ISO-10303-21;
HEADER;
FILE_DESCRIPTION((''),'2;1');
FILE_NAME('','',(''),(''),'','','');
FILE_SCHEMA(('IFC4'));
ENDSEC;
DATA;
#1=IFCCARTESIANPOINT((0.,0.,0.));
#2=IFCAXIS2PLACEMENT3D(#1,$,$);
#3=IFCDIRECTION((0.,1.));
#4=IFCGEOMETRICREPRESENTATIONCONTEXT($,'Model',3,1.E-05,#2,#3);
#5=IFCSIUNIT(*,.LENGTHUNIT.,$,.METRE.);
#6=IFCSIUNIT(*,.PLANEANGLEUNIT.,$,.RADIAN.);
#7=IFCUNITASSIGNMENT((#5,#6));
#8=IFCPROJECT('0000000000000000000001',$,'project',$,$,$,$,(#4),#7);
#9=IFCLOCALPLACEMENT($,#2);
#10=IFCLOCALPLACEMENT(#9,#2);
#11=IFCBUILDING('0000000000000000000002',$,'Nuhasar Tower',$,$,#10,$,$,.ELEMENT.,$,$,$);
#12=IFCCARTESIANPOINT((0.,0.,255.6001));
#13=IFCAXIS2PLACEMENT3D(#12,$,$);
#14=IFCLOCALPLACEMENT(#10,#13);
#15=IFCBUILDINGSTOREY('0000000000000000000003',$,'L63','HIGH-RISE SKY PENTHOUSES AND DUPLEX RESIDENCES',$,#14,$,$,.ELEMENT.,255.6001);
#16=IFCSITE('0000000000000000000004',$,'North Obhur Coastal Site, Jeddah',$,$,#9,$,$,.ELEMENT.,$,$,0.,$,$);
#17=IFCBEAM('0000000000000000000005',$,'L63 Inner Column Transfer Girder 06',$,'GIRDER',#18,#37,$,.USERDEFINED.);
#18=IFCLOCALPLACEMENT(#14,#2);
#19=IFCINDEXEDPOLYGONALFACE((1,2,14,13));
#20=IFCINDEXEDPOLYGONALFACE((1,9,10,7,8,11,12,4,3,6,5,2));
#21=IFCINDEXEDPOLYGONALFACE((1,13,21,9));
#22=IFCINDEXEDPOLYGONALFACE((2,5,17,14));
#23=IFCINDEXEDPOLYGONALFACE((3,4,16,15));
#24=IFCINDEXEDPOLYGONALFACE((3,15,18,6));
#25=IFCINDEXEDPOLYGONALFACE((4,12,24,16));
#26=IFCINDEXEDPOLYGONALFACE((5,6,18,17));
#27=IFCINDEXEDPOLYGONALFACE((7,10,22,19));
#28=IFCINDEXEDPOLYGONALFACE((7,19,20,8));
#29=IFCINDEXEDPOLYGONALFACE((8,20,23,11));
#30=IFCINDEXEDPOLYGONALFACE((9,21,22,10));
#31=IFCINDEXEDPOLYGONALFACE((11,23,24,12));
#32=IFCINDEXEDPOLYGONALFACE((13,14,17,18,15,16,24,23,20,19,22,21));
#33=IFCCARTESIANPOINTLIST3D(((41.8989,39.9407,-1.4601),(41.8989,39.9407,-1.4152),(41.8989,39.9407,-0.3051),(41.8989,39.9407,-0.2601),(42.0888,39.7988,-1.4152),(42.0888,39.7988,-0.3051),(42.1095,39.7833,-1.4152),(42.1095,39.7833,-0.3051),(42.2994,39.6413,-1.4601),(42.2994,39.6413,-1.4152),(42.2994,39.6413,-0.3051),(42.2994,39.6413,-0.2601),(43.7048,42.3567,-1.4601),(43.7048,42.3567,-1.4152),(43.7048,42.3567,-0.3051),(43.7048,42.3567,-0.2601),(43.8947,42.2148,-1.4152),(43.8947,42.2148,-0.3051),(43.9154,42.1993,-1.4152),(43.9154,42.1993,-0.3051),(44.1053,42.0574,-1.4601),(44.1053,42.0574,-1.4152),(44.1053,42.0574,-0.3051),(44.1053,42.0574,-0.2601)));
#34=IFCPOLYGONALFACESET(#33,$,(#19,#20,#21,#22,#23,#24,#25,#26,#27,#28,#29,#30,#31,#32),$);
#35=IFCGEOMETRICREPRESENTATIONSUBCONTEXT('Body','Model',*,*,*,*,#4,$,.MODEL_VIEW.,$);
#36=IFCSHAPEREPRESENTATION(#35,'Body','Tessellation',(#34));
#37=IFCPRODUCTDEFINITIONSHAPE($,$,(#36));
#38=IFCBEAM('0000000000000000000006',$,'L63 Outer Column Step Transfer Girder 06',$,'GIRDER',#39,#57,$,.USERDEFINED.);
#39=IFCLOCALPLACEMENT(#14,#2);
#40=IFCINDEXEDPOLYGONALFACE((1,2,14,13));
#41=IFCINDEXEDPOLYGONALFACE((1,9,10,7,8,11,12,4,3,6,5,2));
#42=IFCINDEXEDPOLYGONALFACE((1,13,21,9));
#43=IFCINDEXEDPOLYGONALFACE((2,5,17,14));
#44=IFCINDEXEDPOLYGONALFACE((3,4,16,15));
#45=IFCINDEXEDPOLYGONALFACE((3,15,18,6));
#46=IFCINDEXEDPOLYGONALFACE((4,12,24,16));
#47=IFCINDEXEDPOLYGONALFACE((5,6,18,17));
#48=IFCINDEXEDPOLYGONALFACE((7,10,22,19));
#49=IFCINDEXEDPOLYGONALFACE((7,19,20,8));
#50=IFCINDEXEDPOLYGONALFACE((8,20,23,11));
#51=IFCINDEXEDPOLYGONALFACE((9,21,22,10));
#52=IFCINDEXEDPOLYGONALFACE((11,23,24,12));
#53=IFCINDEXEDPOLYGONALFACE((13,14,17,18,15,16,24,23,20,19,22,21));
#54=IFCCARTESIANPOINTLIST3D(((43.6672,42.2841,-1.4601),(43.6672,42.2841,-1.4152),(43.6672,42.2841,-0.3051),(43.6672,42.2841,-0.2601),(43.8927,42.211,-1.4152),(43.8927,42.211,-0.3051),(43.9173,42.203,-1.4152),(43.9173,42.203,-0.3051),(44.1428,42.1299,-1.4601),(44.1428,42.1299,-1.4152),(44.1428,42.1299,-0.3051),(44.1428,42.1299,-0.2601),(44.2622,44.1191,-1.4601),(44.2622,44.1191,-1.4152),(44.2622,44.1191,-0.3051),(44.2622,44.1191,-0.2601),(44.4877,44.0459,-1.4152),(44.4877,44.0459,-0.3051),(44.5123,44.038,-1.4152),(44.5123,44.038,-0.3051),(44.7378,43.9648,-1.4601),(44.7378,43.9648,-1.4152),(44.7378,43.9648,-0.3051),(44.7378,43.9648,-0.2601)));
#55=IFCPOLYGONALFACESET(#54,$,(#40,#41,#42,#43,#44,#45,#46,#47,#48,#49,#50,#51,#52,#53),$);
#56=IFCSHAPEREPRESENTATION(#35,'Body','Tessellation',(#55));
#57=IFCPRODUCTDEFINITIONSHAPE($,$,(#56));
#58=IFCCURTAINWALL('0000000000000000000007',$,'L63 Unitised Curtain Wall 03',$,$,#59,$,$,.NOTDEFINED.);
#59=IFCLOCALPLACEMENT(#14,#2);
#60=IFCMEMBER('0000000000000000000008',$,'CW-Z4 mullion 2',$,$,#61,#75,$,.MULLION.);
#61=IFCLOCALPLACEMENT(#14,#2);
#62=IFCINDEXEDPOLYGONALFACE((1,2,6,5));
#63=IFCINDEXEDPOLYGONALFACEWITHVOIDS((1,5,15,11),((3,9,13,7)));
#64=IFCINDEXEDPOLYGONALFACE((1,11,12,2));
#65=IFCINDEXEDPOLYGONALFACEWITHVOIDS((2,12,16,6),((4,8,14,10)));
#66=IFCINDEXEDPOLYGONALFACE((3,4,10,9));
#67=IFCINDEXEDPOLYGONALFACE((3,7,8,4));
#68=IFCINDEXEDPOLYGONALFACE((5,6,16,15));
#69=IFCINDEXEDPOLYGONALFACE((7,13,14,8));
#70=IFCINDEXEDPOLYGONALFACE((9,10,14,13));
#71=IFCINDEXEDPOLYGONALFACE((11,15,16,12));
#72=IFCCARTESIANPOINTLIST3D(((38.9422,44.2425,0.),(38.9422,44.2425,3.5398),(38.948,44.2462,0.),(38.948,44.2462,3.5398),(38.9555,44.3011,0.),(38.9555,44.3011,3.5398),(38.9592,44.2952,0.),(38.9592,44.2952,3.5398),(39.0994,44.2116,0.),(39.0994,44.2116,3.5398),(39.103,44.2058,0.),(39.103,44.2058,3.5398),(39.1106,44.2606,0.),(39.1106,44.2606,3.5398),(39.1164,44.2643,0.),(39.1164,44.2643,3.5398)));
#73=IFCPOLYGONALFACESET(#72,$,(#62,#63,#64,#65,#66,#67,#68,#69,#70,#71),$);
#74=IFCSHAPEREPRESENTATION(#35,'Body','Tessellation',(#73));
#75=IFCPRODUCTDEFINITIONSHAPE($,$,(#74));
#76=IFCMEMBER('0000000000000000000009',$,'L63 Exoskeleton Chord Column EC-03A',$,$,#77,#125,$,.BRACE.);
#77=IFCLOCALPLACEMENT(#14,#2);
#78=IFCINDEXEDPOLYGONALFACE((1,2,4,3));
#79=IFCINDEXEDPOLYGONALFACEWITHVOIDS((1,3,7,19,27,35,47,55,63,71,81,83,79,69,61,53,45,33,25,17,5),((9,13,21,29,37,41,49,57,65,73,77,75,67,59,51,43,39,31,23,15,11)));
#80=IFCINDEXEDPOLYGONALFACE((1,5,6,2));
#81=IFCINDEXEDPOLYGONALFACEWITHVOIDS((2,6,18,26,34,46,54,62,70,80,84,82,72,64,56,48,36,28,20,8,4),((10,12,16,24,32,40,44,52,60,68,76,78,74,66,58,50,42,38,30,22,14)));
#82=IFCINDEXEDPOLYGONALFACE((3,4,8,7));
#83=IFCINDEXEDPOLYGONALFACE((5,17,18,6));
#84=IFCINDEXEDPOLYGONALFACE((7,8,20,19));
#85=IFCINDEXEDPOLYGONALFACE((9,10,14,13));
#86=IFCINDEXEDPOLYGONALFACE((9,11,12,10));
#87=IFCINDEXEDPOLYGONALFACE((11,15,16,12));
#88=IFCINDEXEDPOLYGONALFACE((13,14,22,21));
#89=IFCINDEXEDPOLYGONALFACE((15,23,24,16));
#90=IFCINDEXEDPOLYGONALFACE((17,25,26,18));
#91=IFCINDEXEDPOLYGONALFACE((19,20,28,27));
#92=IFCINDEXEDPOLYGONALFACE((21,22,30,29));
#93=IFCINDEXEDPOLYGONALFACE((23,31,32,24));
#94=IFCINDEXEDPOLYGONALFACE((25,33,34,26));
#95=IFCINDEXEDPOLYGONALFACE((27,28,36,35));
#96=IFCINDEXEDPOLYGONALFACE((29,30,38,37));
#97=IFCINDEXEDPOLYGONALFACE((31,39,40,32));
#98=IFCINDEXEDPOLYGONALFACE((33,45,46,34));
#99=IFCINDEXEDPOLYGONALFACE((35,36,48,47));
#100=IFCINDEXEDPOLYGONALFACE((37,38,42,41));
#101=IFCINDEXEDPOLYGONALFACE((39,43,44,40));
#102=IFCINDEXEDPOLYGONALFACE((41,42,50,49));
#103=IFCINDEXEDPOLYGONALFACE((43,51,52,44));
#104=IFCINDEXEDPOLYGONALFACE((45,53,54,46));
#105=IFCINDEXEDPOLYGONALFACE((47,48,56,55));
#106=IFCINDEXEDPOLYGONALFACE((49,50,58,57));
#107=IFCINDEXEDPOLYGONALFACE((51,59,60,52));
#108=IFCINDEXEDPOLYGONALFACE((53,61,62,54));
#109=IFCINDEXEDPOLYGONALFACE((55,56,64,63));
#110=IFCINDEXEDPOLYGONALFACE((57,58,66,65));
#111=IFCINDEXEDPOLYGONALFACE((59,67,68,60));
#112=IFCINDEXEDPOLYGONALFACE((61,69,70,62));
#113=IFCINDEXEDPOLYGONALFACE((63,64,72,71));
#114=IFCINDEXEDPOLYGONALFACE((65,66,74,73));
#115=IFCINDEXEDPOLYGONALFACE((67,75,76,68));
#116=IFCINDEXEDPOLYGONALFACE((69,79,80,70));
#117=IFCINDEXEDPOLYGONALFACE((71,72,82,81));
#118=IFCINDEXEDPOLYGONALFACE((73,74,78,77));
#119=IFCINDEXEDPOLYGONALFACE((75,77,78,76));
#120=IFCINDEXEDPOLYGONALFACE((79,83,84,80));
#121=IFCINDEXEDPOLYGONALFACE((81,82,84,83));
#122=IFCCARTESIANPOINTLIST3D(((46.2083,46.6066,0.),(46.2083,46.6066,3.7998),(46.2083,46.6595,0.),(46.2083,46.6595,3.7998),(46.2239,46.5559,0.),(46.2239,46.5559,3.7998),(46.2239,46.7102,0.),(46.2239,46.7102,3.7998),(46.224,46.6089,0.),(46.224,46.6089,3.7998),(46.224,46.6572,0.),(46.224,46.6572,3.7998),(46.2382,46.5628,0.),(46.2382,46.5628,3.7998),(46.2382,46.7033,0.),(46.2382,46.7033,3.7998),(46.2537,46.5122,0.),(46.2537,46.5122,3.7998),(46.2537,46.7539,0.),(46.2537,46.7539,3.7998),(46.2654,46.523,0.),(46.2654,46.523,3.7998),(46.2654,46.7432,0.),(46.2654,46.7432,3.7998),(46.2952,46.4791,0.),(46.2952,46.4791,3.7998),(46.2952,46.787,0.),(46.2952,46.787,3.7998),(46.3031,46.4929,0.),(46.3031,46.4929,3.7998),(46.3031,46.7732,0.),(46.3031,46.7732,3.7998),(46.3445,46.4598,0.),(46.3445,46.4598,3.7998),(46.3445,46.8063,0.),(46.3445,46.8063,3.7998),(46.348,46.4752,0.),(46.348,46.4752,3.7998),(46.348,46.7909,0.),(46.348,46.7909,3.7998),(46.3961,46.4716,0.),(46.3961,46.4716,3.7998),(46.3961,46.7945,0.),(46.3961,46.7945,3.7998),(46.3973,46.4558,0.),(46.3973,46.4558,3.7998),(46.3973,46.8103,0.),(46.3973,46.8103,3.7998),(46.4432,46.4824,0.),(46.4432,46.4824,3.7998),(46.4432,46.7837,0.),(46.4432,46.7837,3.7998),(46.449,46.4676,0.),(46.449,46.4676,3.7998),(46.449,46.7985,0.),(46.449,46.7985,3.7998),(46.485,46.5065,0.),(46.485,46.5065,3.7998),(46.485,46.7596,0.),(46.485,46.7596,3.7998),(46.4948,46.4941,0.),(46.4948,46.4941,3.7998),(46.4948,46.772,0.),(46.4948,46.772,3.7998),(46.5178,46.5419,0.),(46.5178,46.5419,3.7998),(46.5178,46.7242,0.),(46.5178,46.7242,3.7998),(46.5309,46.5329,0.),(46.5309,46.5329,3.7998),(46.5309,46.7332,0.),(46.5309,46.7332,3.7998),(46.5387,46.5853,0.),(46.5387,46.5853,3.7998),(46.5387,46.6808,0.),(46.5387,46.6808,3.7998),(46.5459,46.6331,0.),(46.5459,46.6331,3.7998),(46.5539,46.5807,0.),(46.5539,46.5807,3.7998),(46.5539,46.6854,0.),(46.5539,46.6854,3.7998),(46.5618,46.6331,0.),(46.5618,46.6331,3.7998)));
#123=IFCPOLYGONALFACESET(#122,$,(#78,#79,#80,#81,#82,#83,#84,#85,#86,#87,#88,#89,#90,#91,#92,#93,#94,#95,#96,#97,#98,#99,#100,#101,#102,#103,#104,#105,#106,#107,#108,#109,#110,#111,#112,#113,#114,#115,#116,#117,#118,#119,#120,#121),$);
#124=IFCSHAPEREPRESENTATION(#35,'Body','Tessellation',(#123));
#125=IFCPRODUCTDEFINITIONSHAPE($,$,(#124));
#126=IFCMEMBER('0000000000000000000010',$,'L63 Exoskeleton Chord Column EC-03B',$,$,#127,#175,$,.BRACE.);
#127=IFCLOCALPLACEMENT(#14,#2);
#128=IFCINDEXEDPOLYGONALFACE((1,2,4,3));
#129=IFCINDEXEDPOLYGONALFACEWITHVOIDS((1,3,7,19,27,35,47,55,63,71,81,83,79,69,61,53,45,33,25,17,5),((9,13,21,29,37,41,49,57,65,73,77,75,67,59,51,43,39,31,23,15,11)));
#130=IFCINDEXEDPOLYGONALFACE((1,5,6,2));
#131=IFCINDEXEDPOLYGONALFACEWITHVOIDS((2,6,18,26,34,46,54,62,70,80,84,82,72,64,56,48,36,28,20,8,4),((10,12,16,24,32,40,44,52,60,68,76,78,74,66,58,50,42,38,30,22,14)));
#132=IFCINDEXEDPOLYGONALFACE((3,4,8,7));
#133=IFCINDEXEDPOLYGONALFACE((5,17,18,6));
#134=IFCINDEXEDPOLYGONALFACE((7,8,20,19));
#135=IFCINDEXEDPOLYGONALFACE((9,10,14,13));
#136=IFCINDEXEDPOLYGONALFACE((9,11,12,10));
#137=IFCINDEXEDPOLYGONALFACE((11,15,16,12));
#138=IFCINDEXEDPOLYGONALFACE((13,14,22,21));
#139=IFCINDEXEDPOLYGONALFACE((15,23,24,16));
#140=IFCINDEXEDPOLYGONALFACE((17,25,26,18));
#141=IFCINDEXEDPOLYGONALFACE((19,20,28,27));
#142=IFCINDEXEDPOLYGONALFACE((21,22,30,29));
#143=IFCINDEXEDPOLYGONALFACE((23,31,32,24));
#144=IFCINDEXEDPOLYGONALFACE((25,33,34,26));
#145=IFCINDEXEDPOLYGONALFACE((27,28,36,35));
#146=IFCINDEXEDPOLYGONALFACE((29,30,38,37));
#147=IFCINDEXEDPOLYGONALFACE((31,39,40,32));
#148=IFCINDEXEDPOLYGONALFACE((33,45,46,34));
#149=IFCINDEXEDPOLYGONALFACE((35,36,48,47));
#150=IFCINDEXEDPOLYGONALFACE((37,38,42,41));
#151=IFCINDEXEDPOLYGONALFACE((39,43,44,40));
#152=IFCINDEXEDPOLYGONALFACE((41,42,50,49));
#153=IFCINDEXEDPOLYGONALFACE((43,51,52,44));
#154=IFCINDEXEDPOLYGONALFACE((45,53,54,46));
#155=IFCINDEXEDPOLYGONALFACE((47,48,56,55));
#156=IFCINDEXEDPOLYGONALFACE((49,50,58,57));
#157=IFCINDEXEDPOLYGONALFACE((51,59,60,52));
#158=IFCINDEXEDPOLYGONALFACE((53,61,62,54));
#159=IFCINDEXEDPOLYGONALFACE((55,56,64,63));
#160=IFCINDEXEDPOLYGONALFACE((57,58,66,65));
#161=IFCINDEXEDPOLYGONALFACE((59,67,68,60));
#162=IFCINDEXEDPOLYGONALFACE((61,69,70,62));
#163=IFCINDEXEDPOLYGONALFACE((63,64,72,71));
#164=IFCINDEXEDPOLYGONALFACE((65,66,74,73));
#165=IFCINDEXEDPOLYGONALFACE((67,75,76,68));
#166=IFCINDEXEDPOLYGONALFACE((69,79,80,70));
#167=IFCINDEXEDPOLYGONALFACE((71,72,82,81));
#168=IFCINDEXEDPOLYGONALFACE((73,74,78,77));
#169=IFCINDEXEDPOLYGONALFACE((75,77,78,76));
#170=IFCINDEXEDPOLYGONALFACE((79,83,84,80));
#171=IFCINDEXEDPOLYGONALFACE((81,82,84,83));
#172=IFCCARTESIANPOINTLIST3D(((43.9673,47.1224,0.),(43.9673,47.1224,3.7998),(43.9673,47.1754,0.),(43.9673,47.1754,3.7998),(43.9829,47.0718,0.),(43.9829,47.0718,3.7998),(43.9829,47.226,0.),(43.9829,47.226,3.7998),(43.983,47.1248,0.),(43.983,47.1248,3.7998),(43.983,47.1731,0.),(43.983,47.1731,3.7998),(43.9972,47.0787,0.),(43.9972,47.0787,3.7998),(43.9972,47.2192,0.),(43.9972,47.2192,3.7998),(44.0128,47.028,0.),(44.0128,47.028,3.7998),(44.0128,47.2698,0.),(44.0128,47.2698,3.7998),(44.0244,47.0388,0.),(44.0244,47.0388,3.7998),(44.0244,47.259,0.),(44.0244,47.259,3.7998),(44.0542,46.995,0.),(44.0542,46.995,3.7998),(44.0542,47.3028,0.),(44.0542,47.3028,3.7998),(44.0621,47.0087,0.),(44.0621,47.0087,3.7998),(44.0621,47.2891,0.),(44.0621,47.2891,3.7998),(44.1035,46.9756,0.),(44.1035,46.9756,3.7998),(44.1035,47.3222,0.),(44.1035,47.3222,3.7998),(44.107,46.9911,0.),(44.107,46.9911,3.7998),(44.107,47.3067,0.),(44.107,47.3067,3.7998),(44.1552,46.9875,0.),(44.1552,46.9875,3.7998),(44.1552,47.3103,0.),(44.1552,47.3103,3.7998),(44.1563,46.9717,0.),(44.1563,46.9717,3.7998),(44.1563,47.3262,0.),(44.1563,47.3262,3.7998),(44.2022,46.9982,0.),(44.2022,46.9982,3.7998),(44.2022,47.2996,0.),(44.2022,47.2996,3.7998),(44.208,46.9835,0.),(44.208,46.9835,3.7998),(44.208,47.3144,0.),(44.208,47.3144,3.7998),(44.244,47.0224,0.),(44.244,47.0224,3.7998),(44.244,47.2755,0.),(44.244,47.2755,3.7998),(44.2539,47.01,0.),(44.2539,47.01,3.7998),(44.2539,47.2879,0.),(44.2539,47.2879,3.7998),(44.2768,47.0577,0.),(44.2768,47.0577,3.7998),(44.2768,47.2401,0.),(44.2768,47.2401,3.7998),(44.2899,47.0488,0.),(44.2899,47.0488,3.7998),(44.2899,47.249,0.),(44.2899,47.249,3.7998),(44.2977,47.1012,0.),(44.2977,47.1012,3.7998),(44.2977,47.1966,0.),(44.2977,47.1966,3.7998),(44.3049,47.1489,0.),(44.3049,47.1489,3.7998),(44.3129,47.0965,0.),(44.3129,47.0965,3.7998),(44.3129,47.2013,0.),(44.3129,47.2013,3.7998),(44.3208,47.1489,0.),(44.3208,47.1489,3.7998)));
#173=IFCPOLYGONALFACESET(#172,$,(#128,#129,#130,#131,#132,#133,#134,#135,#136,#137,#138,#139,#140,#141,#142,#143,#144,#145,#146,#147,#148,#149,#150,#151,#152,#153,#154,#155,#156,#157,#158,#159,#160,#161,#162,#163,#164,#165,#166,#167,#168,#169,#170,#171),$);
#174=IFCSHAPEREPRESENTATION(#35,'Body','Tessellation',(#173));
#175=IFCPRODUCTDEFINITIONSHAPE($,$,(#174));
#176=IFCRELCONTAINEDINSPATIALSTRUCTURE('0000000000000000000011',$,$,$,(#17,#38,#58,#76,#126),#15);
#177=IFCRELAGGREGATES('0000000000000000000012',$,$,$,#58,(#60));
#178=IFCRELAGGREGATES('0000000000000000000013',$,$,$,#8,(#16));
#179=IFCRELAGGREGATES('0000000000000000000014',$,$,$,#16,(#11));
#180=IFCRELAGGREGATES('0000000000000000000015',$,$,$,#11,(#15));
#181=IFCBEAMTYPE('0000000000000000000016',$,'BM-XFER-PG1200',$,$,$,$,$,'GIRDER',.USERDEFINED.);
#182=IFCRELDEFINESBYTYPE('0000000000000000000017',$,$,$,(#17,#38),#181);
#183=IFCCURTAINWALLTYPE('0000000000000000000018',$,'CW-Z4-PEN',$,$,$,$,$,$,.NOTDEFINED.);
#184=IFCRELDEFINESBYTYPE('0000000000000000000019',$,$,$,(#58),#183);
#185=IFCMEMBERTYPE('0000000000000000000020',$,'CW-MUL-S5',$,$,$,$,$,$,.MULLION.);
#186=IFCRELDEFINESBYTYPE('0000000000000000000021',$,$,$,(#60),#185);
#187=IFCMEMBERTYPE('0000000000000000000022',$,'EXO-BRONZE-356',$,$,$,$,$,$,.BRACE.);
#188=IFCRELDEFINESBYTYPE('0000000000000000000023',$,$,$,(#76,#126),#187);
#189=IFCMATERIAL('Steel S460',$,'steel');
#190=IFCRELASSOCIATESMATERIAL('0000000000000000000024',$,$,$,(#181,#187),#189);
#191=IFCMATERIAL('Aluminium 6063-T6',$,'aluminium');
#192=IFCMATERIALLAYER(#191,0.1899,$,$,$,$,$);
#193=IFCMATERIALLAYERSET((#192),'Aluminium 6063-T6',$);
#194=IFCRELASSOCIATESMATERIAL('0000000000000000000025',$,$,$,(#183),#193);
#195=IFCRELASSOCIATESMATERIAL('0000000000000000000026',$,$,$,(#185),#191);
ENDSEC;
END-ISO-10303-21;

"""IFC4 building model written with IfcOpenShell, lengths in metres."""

from ifc_helpers import new_model, si_unit, direction, frame, origin, origin_2d, place, context, subcontext, project, spatial, hollow_rectangle, hollow_circle, i_section, extrude, material, layer, layer_set, material_profile, profile_set, type_object, element, aggregate, save


model = new_model("IFC4")

# Units and contexts
model_context = context("Model", 3, precision=1e-05, world=origin(), true_north=direction((0.0, 1.0)))
body_context = subcontext(model_context, "Body", "Model", "MODEL_VIEW")
ifc_project = project(units=[si_unit("LENGTHUNIT", "METRE"), si_unit("PLANEANGLEUNIT", "RADIAN")], contexts=[model_context])

# Site, building, storey
site_placement = place(None, origin())
site = spatial("IfcSite", under=ifc_project, at=site_placement, Name="North Obhur Coastal Site, Jeddah", CompositionType="ELEMENT", RefElevation=0.0)
building_placement = place(site_placement, origin())
building = spatial("IfcBuilding", under=site, at=building_placement, Name="Nuhasar Tower", CompositionType="ELEMENT")
storey_placement = place(building_placement, frame((0.0, 0.0, 255.6001)))
storey = spatial("IfcBuildingStorey", under=building, at=storey_placement, Name="L63", Description="HIGH-RISE SKY PENTHOUSES AND DUPLEX RESIDENCES", CompositionType="ELEMENT", Elevation=255.6001)

# Beams
ifc_material_1 = material(Name="Steel S460", Category="steel")
ifc_material_profile_1 = material_profile(ifc_material_1, i_section(OverallWidth=0.5, OverallDepth=1.2, WebThickness=0.0259, FlangeThickness=0.0449, at=origin_2d()), Name="PG1200X500")
ifc_profile_set_1 = profile_set([ifc_material_profile_1], Name="Steel S460")
beam_type_1 = type_object("IfcBeamType", Name="BM-XFER-PG1200", ElementType="GIRDER", PredefinedType="USERDEFINED", material=ifc_profile_set_1)
beam_1_placement = place(storey_placement, frame((42.0991, 39.791, -0.8601), z_axis=(0.598704, 0.80097, 0.0), x_axis=(-0.80097, 0.598704, 0.0)))
element("IfcBeam", 1, at=beam_1_placement, inside=storey, type_object=beam_type_1, Name="L63 Inner Column Transfer Girder 06", ObjectType="GIRDER", PredefinedType="USERDEFINED", context=body_context, shape_type="SweptSolid", body=[
    extrude(i_section(OverallWidth=0.5, OverallDepth=1.2, WebThickness=0.0259, FlangeThickness=0.0449, at=origin_2d()), origin(), (0.0, 0.0, 1.0), 3.0164),
])
beam_2_placement = place(storey_placement, frame((43.905, 42.207, -0.8601), z_axis=(0.308434, 0.951246, 0.0), x_axis=(-0.951246, 0.308434, 0.0)))
element("IfcBeam", 2, at=beam_2_placement, inside=storey, type_object=beam_type_1, Name="L63 Outer Column Step Transfer Girder 06", ObjectType="GIRDER", PredefinedType="USERDEFINED", context=body_context, shape_type="SweptSolid", body=[
    extrude(i_section(OverallWidth=0.5, OverallDepth=1.2, WebThickness=0.0259, FlangeThickness=0.0449, at=origin_2d()), origin(), (0.0, 0.0, 1.0), 1.929),
])

# Curtain wall, member
ifc_material_2 = material(Name="Aluminium 6063-T6", Category="aluminium")
ifc_layer_1 = layer(ifc_material_2, 0.1899)
ifc_layer_set_1 = layer_set([ifc_layer_1], Name="Aluminium 6063-T6")
curtain_wall_type = type_object("IfcCurtainWallType", Name="CW-Z4-PEN", PredefinedType="NOTDEFINED", material=ifc_layer_set_1)
curtain_wall_placement = place(storey_placement, origin())
curtain_wall = element("IfcCurtainWall", 3, at=curtain_wall_placement, inside=storey, type_object=curtain_wall_type, Name="L63 Unitised Curtain Wall 03", PredefinedType="NOTDEFINED")
ifc_material_profile_2 = material_profile(ifc_material_2, hollow_rectangle(XDim=0.0601, YDim=0.165, WallThickness=0.0049, at=origin_2d()), Name="CWM-5")
ifc_profile_set_2 = profile_set([ifc_material_profile_2], Name="Aluminium 6063-T6")
member_type_1 = type_object("IfcMemberType", Name="CW-MUL-S5", PredefinedType="MULLION", material=ifc_profile_set_2)
member_1_placement = place(storey_placement, frame((39.0293, 44.2534, 0.0), z_axis=(0.0, 0.0, 1.0), x_axis=(-0.222889, -0.974844, 0.0)))
member_1 = element("IfcMember", 4, at=member_1_placement, type_object=member_type_1, Name="CW-Z4 mullion 2", PredefinedType="MULLION", context=body_context, shape_type="SweptSolid", body=[
    extrude(hollow_rectangle(XDim=0.0601, YDim=0.165, WallThickness=0.0049, at=origin_2d()), origin(), (0.0, 0.0, 1.0), 3.5398),
])

# Members
ifc_material_profile_3 = material_profile(ifc_material_1, hollow_circle(Radius=0.1777, WallThickness=0.0159, at=origin_2d()), Name="HSS355.6X15.9")
ifc_profile_set_3 = profile_set([ifc_material_profile_3], Name="Steel S460")
member_type_2 = type_object("IfcMemberType", Name="EXO-BRONZE-356", PredefinedType="BRACE", material=ifc_profile_set_3)
for number, where, z_axis, x_axis, name in (
    (5, (46.384, 46.6331, 0.0), (0.0, 0.0, 1.0), (1.0, 0.0, 0.0), "L63 Exoskeleton Chord Column EC-03A"),
    (6, (44.1431, 47.1489, 0.0), (0.0, 0.0, 1.0), (1.0, 0.0, 0.0), "L63 Exoskeleton Chord Column EC-03B"),
):
    element("IfcMember", number, at=place(storey_placement, frame(where, z_axis=z_axis, x_axis=x_axis)), inside=storey, type_object=member_type_2, Name=name, PredefinedType="BRACE", context=body_context, shape_type="SweptSolid", body=[
        extrude(hollow_circle(Radius=0.1777, WallThickness=0.0159, at=origin_2d()), origin(), (0.0, 0.0, 1.0), 3.7998),
    ])

aggregate(curtain_wall, [member_1])

save(model, "model.ifc")
